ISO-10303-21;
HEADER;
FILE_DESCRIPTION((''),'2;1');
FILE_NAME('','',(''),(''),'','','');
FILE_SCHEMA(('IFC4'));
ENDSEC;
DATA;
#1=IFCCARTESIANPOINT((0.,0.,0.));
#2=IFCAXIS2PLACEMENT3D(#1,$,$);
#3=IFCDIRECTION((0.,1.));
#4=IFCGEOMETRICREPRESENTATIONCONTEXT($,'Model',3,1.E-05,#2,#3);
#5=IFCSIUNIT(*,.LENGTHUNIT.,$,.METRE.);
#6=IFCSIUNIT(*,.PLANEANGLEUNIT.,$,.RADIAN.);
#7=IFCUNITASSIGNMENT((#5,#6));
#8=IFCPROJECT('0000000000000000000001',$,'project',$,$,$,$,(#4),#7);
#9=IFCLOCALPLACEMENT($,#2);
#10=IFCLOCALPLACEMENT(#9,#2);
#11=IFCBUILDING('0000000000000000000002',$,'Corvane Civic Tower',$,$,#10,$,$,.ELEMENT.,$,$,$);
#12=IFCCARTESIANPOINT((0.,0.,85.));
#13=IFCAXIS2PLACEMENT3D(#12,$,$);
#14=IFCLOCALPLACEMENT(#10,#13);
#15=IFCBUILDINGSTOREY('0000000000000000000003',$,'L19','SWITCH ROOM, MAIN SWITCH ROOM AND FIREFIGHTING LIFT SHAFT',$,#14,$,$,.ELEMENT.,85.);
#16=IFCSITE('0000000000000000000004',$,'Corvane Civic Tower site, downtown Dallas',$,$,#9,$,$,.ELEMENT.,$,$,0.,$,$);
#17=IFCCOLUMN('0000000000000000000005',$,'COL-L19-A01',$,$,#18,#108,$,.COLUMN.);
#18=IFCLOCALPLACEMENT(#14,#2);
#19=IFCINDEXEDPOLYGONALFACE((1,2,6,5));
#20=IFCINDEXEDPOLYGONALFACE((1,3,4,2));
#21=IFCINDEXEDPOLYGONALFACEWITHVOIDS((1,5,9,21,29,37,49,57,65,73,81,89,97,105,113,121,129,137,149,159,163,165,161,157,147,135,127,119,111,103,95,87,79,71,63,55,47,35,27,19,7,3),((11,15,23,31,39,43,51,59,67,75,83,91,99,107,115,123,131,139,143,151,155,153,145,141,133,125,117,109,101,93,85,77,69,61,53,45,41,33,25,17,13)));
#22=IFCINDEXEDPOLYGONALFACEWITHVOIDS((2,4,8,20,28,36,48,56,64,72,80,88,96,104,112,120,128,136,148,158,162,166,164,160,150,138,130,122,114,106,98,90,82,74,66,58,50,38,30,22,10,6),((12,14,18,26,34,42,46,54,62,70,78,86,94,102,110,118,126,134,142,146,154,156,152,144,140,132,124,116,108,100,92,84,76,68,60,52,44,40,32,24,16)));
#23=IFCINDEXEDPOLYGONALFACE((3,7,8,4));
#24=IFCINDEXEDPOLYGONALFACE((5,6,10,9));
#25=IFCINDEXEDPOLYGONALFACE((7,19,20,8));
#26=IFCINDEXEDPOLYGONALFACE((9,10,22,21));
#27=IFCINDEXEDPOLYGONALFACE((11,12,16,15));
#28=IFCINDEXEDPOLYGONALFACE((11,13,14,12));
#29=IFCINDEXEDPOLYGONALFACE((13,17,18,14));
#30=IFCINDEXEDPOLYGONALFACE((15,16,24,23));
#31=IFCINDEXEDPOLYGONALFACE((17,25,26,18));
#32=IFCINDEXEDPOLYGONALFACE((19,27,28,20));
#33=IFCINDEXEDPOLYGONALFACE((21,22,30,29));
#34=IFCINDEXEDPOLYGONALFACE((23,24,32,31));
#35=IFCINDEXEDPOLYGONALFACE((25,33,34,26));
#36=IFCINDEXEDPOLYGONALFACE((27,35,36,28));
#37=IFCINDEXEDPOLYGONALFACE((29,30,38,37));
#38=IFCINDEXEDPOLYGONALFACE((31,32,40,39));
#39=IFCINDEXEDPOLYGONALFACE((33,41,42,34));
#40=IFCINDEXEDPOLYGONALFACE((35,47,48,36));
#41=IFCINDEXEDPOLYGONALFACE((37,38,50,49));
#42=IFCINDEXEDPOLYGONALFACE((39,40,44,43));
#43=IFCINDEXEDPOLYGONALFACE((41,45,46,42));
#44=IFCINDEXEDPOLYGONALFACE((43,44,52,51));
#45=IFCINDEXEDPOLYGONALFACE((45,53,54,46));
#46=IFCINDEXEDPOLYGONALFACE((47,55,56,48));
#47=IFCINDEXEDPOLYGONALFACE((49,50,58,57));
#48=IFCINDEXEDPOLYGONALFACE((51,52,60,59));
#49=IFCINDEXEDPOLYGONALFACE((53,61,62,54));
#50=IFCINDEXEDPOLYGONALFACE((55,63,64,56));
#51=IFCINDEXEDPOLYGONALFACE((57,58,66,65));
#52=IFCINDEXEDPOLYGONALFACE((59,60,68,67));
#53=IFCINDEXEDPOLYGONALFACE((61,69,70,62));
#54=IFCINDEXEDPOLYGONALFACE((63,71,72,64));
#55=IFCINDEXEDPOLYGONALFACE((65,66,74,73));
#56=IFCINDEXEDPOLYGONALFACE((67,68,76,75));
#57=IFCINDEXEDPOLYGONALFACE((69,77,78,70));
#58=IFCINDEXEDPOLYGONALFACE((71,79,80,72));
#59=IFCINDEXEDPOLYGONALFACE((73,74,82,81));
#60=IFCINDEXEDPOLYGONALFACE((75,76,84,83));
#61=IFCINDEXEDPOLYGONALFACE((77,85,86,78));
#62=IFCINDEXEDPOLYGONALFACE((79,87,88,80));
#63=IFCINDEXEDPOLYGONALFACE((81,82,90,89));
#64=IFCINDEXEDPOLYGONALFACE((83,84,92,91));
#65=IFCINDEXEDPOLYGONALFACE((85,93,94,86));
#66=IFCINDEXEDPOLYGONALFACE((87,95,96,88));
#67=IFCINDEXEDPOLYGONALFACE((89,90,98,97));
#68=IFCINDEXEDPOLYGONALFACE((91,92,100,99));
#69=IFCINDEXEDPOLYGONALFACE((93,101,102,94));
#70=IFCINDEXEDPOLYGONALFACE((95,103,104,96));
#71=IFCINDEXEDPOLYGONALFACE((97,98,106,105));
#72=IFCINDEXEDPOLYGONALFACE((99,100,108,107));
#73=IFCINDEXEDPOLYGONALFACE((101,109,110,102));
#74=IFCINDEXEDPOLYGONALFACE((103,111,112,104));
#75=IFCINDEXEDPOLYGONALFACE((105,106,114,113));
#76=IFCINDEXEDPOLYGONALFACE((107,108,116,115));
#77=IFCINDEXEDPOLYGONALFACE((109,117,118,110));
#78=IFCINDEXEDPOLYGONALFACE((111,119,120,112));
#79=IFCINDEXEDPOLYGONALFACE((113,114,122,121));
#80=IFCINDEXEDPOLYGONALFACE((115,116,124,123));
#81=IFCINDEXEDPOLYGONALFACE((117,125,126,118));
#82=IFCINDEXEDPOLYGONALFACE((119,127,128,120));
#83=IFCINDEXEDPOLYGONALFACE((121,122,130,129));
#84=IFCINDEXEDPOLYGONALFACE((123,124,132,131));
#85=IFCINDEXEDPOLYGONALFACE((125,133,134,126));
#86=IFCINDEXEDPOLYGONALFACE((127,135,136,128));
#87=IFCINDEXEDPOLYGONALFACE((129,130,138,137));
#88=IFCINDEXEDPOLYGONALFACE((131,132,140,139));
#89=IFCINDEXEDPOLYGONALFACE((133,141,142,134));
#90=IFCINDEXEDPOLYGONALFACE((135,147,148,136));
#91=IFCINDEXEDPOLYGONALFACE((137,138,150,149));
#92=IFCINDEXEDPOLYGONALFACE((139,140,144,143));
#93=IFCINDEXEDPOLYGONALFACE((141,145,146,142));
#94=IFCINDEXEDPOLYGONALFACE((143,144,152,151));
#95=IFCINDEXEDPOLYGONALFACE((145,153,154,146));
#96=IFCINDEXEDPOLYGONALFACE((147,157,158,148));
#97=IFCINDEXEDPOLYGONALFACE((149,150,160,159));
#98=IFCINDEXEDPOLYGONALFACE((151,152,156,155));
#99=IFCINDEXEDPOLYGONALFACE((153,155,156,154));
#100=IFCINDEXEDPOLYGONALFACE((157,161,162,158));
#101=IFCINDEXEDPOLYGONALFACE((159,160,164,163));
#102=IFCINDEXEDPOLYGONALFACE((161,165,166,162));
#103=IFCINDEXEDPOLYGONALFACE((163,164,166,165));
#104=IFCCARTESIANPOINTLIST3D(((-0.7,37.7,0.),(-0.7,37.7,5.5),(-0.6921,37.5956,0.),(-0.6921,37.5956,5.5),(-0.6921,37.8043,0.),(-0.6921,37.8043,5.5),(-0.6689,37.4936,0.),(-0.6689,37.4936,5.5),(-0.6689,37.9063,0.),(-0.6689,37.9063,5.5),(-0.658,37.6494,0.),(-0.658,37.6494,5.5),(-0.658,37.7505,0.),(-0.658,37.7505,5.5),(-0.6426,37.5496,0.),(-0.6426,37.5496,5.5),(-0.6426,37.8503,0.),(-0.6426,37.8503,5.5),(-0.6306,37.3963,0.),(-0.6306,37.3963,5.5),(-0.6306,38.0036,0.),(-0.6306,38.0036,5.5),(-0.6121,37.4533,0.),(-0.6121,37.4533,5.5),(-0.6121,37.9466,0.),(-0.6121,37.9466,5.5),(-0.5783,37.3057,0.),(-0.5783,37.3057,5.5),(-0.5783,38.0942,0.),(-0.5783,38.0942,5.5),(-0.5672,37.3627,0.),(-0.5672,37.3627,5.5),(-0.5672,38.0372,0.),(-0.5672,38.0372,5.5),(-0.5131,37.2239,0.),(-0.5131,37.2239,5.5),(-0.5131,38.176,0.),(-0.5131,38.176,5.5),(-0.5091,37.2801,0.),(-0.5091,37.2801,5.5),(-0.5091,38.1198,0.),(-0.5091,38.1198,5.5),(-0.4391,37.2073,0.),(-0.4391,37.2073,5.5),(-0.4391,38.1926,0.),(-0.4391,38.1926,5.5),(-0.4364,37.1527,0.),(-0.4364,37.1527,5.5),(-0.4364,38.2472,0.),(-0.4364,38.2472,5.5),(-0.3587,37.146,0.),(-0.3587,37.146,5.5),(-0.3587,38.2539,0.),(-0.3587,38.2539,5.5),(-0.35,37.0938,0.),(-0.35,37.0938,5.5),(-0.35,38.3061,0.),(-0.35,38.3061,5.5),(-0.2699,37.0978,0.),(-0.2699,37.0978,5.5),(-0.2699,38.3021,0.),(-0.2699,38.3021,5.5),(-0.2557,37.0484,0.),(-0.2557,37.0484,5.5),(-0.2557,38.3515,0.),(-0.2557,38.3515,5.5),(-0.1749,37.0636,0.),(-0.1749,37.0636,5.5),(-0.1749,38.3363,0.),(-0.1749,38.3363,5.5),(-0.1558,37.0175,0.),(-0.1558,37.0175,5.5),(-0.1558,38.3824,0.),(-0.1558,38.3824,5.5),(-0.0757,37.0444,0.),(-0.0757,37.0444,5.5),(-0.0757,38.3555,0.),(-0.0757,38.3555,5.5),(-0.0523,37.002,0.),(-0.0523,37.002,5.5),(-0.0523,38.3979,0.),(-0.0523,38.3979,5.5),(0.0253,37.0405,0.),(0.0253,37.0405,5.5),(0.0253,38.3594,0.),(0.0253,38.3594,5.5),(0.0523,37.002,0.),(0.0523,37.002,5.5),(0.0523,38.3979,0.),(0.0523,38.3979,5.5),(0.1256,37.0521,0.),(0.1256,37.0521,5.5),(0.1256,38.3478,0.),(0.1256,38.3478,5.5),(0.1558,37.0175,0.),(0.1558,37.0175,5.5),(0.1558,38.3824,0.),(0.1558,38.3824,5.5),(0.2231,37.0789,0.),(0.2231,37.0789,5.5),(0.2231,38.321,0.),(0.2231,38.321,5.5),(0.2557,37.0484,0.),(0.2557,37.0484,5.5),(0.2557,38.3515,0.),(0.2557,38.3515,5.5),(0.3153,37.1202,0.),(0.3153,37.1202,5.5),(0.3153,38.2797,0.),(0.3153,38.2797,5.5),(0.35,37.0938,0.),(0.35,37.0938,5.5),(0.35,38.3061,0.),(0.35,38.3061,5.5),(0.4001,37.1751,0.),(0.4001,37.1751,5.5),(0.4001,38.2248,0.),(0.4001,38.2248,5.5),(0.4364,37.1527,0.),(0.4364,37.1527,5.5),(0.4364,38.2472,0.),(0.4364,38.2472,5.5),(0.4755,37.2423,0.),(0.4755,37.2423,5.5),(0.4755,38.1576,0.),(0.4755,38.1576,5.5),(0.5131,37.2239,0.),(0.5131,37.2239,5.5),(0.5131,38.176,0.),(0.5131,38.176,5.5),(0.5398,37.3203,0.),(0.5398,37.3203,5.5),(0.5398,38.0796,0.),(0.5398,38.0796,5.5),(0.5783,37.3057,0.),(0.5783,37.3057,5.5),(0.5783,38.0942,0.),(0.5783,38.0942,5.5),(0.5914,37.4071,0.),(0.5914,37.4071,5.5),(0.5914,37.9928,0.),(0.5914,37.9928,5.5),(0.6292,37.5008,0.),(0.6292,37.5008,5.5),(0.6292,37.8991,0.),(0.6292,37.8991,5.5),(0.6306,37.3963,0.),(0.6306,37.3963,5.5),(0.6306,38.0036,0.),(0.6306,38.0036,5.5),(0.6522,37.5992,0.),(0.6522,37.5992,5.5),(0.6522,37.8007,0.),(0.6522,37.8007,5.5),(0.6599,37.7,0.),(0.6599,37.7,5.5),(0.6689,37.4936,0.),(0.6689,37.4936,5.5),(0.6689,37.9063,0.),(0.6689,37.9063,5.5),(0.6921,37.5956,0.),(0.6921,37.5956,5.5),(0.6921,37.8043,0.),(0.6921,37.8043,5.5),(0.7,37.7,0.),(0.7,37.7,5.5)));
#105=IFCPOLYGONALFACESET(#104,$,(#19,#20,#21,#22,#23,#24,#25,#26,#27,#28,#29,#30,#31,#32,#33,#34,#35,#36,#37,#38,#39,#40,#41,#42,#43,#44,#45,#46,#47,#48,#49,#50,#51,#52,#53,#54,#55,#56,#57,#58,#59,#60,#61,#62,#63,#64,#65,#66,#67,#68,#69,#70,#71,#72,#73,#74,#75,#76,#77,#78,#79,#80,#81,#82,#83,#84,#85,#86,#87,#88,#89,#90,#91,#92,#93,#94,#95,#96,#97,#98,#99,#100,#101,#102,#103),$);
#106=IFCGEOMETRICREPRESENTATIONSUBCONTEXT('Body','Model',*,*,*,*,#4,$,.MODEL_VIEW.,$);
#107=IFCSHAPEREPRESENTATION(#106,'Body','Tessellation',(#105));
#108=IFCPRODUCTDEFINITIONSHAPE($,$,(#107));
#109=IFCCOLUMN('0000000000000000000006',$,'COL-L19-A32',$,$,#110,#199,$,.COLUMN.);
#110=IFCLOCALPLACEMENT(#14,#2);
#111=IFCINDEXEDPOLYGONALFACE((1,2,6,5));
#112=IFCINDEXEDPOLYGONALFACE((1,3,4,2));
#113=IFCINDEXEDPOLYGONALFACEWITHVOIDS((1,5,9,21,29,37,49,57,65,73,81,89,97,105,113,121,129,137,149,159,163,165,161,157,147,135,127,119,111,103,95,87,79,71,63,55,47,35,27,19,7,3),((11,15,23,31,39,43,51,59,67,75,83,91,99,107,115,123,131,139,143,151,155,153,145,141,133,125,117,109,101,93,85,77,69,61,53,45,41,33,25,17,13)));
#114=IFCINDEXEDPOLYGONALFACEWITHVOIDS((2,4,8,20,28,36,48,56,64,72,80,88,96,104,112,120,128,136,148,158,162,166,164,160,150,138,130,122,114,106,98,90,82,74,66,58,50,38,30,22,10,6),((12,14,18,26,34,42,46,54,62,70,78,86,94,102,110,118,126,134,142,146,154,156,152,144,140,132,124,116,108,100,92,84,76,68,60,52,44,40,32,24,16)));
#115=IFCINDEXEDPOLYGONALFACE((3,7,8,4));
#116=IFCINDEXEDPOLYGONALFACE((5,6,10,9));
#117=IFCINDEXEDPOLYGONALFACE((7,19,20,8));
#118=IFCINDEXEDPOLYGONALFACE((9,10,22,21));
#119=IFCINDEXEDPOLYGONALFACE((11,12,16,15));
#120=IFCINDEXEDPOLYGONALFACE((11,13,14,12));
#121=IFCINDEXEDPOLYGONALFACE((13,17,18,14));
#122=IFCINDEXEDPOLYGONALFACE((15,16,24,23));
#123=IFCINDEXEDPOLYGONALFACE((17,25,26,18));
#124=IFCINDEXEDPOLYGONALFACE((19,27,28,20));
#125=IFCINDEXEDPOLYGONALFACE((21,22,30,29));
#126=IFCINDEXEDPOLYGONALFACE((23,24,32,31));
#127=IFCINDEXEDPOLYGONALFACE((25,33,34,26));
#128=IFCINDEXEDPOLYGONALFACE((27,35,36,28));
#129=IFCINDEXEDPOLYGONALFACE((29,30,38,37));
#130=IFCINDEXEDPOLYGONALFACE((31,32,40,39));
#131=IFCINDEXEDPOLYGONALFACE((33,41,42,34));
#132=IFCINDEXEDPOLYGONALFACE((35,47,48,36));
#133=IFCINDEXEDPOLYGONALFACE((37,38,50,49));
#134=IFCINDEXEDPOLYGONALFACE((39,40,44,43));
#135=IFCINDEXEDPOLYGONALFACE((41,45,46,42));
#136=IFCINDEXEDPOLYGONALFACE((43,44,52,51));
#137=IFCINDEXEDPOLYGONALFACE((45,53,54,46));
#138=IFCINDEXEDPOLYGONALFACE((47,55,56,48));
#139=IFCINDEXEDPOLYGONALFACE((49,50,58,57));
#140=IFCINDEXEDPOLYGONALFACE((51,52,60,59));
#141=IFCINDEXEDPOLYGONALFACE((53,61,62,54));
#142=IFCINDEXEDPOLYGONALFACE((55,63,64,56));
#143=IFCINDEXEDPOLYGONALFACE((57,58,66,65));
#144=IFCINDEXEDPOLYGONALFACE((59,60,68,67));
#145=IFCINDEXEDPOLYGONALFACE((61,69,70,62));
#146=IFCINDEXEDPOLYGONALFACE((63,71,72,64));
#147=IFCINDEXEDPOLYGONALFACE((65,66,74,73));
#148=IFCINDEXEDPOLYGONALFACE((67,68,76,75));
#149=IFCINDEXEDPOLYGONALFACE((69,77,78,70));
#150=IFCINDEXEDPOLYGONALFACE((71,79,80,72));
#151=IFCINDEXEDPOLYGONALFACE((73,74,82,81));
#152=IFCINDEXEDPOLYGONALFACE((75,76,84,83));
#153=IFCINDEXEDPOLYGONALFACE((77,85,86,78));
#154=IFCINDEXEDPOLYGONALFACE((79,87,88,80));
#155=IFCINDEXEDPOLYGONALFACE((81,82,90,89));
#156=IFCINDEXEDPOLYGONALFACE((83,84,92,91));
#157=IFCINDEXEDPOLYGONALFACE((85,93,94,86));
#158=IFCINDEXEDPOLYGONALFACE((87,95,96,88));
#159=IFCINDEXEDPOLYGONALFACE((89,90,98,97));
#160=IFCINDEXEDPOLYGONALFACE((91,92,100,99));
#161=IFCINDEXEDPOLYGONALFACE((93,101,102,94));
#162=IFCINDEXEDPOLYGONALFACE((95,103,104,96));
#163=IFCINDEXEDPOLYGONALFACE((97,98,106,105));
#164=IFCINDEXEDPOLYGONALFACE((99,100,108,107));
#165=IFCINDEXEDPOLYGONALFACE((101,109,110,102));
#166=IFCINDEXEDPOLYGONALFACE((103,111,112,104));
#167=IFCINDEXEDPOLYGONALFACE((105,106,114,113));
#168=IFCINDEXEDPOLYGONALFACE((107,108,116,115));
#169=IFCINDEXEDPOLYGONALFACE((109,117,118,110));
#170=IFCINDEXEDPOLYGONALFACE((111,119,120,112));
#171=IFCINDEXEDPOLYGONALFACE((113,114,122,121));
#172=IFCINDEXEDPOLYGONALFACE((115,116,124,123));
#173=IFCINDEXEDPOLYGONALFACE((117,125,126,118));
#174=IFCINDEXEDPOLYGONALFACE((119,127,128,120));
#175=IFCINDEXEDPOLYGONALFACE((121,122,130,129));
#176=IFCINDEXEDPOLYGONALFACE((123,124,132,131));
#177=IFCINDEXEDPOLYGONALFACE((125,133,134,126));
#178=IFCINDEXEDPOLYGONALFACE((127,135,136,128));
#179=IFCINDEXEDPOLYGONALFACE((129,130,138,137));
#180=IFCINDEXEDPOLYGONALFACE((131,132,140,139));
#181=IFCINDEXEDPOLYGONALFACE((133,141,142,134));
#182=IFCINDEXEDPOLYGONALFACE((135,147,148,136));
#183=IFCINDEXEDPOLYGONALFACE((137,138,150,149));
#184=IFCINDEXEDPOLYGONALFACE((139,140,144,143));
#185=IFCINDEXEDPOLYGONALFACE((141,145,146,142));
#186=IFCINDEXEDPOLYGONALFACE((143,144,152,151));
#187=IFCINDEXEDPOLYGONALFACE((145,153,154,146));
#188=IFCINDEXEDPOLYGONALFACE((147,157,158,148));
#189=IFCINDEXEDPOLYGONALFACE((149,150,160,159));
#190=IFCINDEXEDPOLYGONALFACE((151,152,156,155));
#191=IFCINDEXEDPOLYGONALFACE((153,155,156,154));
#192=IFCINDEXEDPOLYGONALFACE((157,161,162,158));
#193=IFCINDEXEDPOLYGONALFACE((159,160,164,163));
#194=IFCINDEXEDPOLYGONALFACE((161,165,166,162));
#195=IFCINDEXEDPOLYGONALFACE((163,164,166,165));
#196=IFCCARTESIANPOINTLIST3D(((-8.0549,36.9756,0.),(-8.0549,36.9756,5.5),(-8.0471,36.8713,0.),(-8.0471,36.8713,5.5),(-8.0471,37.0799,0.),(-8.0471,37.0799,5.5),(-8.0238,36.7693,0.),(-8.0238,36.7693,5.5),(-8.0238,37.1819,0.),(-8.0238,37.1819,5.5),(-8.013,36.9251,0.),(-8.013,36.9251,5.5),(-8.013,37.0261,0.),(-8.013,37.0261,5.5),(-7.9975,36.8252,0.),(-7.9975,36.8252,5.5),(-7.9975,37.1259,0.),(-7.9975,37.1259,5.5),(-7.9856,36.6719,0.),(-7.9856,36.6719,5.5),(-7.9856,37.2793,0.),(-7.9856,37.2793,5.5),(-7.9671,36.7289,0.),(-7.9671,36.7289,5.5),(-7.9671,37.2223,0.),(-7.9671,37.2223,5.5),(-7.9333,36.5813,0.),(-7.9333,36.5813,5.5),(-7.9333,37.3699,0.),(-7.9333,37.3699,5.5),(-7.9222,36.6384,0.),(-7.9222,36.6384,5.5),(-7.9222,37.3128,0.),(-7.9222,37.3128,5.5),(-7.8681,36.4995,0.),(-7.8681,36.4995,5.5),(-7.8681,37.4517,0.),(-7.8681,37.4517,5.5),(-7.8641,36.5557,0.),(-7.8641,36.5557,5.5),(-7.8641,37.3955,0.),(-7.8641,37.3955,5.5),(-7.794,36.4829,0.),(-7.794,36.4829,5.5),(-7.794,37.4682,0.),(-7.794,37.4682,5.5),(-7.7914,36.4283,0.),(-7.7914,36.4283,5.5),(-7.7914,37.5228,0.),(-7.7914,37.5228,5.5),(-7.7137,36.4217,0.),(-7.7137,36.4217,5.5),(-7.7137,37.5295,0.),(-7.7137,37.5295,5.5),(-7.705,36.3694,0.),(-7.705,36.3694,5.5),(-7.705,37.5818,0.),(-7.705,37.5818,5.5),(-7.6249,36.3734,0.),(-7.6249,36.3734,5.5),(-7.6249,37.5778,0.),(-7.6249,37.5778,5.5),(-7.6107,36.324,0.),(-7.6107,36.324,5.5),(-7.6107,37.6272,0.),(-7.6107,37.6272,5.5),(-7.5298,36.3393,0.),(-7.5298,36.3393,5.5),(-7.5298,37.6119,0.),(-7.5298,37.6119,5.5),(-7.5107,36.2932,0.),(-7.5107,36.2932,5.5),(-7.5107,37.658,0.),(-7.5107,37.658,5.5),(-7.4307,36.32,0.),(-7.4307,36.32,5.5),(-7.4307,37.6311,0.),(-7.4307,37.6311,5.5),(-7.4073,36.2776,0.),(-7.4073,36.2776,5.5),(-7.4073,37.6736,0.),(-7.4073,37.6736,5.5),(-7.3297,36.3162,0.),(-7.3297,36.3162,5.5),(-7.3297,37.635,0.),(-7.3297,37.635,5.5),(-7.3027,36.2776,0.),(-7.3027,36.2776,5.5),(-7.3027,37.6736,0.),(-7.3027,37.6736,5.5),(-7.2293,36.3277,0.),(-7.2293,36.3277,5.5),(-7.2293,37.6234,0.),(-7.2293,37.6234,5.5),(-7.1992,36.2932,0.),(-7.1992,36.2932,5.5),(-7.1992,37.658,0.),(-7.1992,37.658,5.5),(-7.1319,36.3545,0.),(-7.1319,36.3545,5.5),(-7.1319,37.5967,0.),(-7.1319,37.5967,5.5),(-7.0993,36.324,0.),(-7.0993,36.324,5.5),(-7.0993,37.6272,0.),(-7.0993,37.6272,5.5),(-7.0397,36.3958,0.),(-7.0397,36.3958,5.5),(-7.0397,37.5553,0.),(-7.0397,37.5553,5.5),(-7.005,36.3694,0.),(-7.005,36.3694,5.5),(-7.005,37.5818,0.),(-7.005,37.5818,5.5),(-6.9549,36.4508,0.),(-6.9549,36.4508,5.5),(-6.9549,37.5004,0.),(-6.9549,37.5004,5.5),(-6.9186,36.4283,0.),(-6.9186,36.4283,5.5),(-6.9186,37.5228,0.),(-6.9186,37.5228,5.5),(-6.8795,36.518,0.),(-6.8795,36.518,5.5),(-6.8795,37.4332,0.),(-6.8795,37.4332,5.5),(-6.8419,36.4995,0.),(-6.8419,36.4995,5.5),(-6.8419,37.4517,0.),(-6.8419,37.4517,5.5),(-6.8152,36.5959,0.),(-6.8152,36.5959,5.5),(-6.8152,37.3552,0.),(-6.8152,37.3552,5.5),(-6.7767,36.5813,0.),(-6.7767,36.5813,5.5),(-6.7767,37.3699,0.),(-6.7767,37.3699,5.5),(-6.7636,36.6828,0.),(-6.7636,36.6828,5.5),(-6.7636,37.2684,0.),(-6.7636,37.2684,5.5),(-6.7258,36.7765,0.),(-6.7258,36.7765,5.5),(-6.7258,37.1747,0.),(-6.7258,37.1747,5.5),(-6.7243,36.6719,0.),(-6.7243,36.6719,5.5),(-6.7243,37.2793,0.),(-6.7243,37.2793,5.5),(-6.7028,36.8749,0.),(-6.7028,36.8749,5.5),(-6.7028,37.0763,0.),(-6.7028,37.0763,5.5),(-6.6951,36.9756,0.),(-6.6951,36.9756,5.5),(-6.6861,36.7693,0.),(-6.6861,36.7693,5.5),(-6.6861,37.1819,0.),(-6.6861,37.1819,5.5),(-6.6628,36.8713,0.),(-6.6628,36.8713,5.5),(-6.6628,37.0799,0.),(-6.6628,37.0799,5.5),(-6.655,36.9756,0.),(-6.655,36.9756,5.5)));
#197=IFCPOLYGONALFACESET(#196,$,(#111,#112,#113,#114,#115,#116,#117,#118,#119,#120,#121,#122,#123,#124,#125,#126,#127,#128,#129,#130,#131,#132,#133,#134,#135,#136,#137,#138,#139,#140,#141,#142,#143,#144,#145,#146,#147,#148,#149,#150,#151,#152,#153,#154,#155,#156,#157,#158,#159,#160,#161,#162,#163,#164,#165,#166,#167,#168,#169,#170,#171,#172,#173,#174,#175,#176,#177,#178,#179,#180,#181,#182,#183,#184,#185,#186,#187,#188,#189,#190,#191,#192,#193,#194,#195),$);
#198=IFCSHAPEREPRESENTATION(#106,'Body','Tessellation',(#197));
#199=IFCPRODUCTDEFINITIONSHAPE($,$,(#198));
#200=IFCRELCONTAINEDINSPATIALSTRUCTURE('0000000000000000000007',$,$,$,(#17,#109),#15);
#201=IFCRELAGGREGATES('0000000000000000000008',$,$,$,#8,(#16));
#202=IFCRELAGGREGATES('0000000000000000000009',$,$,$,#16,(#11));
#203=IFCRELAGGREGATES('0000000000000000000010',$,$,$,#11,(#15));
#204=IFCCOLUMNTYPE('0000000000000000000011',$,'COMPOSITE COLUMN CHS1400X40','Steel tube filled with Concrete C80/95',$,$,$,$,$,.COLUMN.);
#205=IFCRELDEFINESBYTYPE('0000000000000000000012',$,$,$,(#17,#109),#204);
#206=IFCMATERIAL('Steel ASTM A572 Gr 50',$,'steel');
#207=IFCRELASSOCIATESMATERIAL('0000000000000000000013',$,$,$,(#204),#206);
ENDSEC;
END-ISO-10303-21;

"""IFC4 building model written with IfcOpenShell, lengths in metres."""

from ifc_helpers import new_model, si_unit, direction, frame, origin, origin_2d, place, context, subcontext, project, spatial, hollow_circle, extrude, material, material_profile, profile_set, type_object, element, save


model = new_model("IFC4")

# Units and contexts
model_context = context("Model", 3, precision=1e-05, world=origin(), true_north=direction((0.0, 1.0)))
body_context = subcontext(model_context, "Body", "Model", "MODEL_VIEW")
ifc_project = project(units=[si_unit("LENGTHUNIT", "METRE"), si_unit("PLANEANGLEUNIT", "RADIAN")], contexts=[model_context])

# Site, building, storey
site_placement = place(None, origin())
site = spatial("IfcSite", under=ifc_project, at=site_placement, Name="Corvane Civic Tower site, downtown Dallas", CompositionType="ELEMENT", RefElevation=0.0)
building_placement = place(site_placement, origin())
building = spatial("IfcBuilding", under=site, at=building_placement, Name="Corvane Civic Tower", CompositionType="ELEMENT")
storey_placement = place(building_placement, frame((0.0, 0.0, 85.0)))
storey = spatial("IfcBuildingStorey", under=building, at=storey_placement, Name="L19", Description="SWITCH ROOM, MAIN SWITCH ROOM AND FIREFIGHTING LIFT SHAFT", CompositionType="ELEMENT", Elevation=85.0)

# Columns
ifc_material_1 = material(Name="Steel ASTM A572 Gr 50", Category="steel")
ifc_material_profile_1 = material_profile(ifc_material_1, hollow_circle(Radius=0.7, WallThickness=0.04, at=origin_2d()), Name="CHS1400X40")
ifc_profile_set_1 = profile_set([ifc_material_profile_1], Name="Steel ASTM A572 Gr 50")
column_type = type_object("IfcColumnType", Name="COMPOSITE COLUMN CHS1400X40", Description="Steel tube filled with Concrete C80/95", PredefinedType="COLUMN", material=ifc_profile_set_1)
for number, where, z_axis, x_axis, name in (
    (1, (0.0, 37.7, 0.0), (0.0, 0.0, 1.0), (1.0, 0.0, 0.0), "COL-L19-A01"),
    (2, (-7.355, 36.9756, 0.0), (0.0, 0.0, 1.0), (1.0, 0.0, 0.0), "COL-L19-A32"),
):
    element("IfcColumn", number, at=place(storey_placement, frame(where, z_axis=z_axis, x_axis=x_axis)), inside=storey, type_object=column_type, Name=name, PredefinedType="COLUMN", context=body_context, shape_type="SweptSolid", body=[
        extrude(hollow_circle(Radius=0.7, WallThickness=0.04, at=origin_2d()), origin(), (0.0, 0.0, 1.0), 5.5),
    ])

save(model, "model.ifc")
